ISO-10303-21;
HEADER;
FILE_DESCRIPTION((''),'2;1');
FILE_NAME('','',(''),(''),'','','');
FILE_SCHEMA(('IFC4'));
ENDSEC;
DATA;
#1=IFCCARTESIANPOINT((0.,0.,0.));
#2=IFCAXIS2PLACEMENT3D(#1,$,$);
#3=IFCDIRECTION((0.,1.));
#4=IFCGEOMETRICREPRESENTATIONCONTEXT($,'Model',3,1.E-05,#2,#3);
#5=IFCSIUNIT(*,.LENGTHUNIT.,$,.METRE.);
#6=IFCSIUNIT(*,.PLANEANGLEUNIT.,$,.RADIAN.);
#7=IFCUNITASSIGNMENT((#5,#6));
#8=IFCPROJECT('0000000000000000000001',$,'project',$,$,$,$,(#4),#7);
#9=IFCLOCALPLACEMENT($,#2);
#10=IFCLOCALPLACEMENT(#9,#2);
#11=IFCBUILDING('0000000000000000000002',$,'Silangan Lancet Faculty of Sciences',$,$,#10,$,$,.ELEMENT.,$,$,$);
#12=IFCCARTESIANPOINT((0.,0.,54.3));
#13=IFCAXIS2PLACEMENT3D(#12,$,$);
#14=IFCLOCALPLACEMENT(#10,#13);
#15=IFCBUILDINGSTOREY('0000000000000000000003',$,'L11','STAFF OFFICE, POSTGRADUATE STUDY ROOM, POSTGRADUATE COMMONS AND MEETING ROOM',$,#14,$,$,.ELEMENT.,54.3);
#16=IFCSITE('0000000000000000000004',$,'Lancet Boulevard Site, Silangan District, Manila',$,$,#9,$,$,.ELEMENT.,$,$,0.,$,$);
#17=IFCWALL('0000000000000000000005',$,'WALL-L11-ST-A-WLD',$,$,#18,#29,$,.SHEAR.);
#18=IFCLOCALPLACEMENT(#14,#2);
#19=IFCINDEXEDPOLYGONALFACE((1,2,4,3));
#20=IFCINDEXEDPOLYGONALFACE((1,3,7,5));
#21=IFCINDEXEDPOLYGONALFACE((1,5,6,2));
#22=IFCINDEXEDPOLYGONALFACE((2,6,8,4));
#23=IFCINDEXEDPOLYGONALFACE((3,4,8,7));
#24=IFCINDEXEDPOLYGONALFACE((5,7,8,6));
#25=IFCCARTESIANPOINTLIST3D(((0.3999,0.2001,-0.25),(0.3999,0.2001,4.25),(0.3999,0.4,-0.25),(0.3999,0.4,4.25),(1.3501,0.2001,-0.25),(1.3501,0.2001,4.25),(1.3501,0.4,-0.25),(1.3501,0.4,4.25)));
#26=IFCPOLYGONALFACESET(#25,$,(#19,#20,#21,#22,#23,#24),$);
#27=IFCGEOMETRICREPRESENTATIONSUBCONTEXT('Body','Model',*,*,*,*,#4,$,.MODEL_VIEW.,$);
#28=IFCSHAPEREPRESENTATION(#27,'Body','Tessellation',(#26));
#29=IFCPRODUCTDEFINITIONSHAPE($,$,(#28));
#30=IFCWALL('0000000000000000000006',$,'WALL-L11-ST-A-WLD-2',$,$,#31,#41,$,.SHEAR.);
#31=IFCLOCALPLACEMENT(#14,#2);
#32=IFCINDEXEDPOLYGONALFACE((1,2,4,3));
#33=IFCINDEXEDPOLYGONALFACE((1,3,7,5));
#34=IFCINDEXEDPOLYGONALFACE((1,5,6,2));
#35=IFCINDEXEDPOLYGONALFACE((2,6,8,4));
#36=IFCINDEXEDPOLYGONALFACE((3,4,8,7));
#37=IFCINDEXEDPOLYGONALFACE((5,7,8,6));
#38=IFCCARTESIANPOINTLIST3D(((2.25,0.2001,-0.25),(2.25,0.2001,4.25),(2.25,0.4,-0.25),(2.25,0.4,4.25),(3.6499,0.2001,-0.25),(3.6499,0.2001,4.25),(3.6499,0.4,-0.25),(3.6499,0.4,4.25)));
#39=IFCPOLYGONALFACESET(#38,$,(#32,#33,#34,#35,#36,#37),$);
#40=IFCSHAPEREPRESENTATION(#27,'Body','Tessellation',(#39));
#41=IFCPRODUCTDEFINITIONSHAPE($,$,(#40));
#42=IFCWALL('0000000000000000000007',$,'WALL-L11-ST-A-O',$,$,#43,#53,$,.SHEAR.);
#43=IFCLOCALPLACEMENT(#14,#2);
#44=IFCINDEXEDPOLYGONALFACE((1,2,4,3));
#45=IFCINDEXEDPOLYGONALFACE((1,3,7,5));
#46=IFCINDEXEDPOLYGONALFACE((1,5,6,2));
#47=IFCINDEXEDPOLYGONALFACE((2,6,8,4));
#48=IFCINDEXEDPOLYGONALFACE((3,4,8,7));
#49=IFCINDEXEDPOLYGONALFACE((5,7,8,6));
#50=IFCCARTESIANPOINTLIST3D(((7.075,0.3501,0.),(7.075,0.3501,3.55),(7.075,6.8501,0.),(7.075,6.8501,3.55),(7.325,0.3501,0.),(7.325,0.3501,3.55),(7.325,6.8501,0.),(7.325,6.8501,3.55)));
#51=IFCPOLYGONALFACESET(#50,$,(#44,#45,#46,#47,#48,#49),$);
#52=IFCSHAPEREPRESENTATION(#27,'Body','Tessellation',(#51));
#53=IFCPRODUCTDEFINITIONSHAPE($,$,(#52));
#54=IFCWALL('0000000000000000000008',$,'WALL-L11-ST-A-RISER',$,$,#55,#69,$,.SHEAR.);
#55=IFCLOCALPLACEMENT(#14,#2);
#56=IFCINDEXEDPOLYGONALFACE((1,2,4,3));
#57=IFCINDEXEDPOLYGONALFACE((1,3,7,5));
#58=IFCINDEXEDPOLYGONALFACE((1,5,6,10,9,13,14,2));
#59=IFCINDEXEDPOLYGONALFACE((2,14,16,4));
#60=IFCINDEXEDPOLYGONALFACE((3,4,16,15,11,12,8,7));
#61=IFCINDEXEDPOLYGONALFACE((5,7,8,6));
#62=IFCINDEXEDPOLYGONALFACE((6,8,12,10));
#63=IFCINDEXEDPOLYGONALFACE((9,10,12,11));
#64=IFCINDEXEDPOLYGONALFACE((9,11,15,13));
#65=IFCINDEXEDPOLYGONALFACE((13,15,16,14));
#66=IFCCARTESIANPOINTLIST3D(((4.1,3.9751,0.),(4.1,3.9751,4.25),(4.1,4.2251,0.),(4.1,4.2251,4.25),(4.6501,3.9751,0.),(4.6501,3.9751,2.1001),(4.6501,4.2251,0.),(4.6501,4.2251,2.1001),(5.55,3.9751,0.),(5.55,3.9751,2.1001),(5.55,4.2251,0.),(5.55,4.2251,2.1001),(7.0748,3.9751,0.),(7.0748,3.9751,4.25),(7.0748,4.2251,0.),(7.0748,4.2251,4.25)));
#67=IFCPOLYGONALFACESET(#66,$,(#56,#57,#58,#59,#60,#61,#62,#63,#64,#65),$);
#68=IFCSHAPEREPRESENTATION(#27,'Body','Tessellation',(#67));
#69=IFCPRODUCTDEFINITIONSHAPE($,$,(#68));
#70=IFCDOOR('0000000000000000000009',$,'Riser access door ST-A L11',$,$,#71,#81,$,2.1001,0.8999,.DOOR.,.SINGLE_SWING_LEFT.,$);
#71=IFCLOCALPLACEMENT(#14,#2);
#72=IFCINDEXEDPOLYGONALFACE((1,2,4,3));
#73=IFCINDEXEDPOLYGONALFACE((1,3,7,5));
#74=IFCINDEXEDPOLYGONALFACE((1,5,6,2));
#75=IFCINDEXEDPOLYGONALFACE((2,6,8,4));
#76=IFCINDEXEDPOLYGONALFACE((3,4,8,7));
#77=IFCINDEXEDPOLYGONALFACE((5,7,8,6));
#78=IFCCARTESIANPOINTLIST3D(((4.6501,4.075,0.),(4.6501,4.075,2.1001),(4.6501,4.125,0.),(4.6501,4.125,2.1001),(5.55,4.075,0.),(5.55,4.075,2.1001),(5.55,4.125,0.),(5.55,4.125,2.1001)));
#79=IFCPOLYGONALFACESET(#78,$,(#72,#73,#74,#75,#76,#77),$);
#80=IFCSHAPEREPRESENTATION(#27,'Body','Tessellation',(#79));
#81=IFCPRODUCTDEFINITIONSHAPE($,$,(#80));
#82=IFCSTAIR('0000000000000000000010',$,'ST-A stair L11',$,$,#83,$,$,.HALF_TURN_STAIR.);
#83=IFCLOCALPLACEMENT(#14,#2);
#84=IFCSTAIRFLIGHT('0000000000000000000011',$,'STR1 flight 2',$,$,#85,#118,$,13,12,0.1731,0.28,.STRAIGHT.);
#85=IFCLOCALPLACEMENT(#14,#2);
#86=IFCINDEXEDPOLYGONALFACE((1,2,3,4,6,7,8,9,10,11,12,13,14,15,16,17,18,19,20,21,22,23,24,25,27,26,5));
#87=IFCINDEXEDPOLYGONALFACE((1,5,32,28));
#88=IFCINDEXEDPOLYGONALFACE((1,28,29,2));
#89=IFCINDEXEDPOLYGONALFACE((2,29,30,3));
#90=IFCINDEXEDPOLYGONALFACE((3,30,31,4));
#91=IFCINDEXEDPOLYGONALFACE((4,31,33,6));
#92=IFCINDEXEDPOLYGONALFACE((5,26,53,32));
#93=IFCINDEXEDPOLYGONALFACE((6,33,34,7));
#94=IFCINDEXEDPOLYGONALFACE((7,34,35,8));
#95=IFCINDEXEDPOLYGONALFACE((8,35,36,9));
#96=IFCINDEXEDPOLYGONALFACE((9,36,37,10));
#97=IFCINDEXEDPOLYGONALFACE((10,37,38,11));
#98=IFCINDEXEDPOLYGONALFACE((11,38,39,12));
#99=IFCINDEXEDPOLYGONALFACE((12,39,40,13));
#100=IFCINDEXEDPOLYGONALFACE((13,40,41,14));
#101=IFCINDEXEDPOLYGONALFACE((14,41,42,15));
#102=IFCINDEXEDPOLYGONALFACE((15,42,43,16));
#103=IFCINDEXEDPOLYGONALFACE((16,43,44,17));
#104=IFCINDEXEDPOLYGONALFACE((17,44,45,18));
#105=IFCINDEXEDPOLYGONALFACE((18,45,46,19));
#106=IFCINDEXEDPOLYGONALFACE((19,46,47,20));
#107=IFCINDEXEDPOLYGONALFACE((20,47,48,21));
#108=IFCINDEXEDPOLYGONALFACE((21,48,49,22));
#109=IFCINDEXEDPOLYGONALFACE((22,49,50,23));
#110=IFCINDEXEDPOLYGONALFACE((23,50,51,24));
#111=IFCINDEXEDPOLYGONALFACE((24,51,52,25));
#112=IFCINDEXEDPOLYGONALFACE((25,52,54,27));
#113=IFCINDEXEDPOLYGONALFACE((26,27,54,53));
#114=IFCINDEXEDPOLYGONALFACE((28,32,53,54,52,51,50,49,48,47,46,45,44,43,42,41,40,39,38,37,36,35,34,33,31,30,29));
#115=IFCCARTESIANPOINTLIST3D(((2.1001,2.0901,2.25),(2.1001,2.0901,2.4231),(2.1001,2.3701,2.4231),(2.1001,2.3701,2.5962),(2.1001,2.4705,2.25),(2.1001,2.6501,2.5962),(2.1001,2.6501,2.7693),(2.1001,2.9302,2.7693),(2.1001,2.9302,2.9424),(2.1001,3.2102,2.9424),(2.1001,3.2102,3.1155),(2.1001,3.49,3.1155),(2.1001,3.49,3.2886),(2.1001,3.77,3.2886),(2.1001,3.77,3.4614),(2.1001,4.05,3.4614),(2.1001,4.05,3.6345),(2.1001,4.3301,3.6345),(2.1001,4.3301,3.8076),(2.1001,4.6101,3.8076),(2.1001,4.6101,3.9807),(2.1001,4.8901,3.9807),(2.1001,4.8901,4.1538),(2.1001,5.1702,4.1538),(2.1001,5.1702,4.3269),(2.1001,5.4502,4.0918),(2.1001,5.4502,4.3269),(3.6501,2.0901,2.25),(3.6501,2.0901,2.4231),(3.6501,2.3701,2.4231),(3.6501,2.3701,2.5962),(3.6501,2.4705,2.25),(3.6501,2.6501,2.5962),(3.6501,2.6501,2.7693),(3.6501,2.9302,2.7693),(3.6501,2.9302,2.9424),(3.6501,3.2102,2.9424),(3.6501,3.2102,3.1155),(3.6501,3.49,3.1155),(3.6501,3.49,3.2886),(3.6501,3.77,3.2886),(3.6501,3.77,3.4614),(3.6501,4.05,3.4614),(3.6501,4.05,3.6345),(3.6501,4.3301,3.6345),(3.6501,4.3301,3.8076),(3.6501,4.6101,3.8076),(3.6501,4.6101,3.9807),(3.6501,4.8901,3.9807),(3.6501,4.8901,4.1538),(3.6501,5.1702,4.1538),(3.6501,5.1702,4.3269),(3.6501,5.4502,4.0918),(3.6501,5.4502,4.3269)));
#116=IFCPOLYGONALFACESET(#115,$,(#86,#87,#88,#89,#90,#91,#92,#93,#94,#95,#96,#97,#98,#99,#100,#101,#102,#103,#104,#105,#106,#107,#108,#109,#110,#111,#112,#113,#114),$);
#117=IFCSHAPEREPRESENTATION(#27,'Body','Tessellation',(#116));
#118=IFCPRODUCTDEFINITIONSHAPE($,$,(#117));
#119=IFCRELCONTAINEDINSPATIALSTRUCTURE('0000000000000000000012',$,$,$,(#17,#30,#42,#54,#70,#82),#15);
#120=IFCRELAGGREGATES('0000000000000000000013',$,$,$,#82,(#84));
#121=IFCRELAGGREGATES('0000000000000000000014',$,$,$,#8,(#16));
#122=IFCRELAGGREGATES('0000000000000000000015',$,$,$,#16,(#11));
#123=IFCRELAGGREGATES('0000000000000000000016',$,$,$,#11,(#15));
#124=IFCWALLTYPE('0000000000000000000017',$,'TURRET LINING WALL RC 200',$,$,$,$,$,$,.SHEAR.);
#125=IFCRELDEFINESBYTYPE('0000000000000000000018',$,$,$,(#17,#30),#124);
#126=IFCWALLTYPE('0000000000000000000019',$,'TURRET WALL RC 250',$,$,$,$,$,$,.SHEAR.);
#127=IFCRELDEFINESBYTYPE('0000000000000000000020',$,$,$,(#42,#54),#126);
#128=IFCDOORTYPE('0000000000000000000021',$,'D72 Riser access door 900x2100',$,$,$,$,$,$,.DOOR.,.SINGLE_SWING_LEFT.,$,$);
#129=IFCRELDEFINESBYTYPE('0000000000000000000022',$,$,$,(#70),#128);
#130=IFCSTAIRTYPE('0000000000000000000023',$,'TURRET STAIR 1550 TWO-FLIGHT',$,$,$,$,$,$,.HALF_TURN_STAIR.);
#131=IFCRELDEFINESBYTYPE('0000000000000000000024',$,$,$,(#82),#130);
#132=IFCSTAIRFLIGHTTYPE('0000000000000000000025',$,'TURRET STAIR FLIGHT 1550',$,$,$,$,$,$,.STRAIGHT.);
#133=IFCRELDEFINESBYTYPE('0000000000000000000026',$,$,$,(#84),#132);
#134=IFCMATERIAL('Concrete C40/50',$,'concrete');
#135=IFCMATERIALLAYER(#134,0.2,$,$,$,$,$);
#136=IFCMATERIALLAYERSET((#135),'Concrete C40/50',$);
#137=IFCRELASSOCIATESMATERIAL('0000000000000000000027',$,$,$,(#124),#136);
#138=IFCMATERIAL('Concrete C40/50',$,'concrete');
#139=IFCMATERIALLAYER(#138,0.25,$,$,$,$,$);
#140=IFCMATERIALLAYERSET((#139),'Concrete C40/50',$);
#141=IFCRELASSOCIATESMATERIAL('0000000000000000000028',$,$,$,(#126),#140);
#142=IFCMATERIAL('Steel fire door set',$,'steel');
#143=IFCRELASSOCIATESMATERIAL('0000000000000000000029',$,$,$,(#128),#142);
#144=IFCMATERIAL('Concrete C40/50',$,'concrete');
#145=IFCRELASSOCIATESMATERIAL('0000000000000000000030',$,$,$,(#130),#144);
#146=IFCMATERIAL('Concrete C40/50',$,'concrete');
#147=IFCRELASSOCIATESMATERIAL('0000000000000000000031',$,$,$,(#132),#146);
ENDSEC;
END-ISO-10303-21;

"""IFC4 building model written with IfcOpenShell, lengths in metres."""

from ifc_helpers import new_model, si_unit, direction, frame, frame_2d, origin, place, context, subcontext, project, spatial, polyline, rectangle, outline, extrude, material, layer, layer_set, type_object, element, fill, aggregate, save


model = new_model("IFC4")

# Units and contexts
model_context = context("Model", 3, precision=1e-05, world=origin(), true_north=direction((0.0, 1.0)))
body_context = subcontext(model_context, "Body", "Model", "MODEL_VIEW")
ifc_project = project(units=[si_unit("LENGTHUNIT", "METRE"), si_unit("PLANEANGLEUNIT", "RADIAN")], contexts=[model_context])

# Site, building, storey
site_placement = place(None, origin())
site = spatial("IfcSite", under=ifc_project, at=site_placement, Name="Lancet Boulevard Site, Silangan District, Manila", CompositionType="ELEMENT", RefElevation=0.0)
building_placement = place(site_placement, origin())
building = spatial("IfcBuilding", under=site, at=building_placement, Name="Silangan Lancet Faculty of Sciences", CompositionType="ELEMENT")
storey_placement = place(building_placement, frame((0.0, 0.0, 54.3)))
storey = spatial("IfcBuildingStorey", under=building, at=storey_placement, Name="L11", Description="STAFF OFFICE, POSTGRADUATE STUDY ROOM, POSTGRADUATE COMMONS AND MEETING ROOM", CompositionType="ELEMENT", Elevation=54.3)

# Walls
ifc_material_1 = material(Name="Concrete C40/50", Category="concrete")
ifc_layer_1 = layer(ifc_material_1, 0.2)
ifc_layer_set_1 = layer_set([ifc_layer_1], Name="Concrete C40/50")
wall_type_1 = type_object("IfcWallType", Name="TURRET LINING WALL RC 200", PredefinedType="SHEAR", material=ifc_layer_set_1)
wall_1_placement = place(storey_placement, frame((0.3999, 0.3, -0.25), z_axis=(0.0, 0.0, 1.0), x_axis=(1.0, 0.0, 0.0)))
element("IfcWall", 1, at=wall_1_placement, inside=storey, type_object=wall_type_1, Name="WALL-L11-ST-A-WLD", PredefinedType="SHEAR", context=body_context, shape_type="SweptSolid", body=[
    extrude(rectangle(XDim=0.9502, YDim=0.2, at=frame_2d((0.4751, 0.0))), origin(), (0.0, 0.0, 1.0), 4.5),
])
wall_2_placement = place(storey_placement, frame((2.25, 0.3, -0.25), z_axis=(0.0, 0.0, 1.0), x_axis=(1.0, 0.0, 0.0)))
element("IfcWall", 2, at=wall_2_placement, inside=storey, type_object=wall_type_1, Name="WALL-L11-ST-A-WLD-2", PredefinedType="SHEAR", context=body_context, shape_type="SweptSolid", body=[
    extrude(rectangle(XDim=1.3999, YDim=0.2, at=frame_2d((0.7, 0.0))), origin(), (0.0, 0.0, 1.0), 4.5),
])
ifc_material_2 = material(Name="Concrete C40/50", Category="concrete")
ifc_layer_2 = layer(ifc_material_2, 0.25)
ifc_layer_set_2 = layer_set([ifc_layer_2], Name="Concrete C40/50")
wall_type_2 = type_object("IfcWallType", Name="TURRET WALL RC 250", PredefinedType="SHEAR", material=ifc_layer_set_2)
wall_3_placement = place(storey_placement, frame((7.2, 0.3501, 0.0), z_axis=(0.0, 0.0, 1.0), x_axis=(0.0, 1.0, 0.0)))
element("IfcWall", 3, at=wall_3_placement, inside=storey, type_object=wall_type_2, Name="WALL-L11-ST-A-O", PredefinedType="SHEAR", context=body_context, shape_type="SweptSolid", body=[
    extrude(rectangle(XDim=6.5, YDim=0.25, at=frame_2d((3.25, 0.0))), origin(), (0.0, 0.0, 1.0), 3.55),
])

# Wall, opening, door
wall_4_placement = place(storey_placement, frame((4.1001, 4.1001, 0.0), z_axis=(0.0, 0.0, 1.0), x_axis=(1.0, 0.0, 0.0)))
wall_4 = element("IfcWall", 4, at=wall_4_placement, inside=storey, type_object=wall_type_2, Name="WALL-L11-ST-A-RISER", PredefinedType="SHEAR", context=body_context, shape_type="SweptSolid", body=[
    extrude(rectangle(XDim=2.9749, YDim=0.25, at=frame_2d((1.4873, 0.0))), origin(), (0.0, 0.0, 1.0), 4.25),
])
opening_1_placement = place(wall_4_placement, frame((0.55, 0.0, 0.0)))
opening_1 = element("IfcOpeningElement", 5, at=opening_1_placement, cuts=wall_4, PredefinedType="OPENING", context=body_context, shape_type="SweptSolid", body=[
    extrude(rectangle(XDim=0.8999, YDim=2.1001, at=frame_2d((0.45, 1.05))), frame((0.0, 0.135, 0.0), z_axis=(0.0, -1.0, 0.0), x_axis=(1.0, 0.0, 0.0)), (0.0, 0.0, 1.0), 0.27),
])
ifc_material_3 = material(Name="Steel fire door set", Category="steel")
door_type_1 = type_object("IfcDoorType", Name="D72 Riser access door 900x2100", OperationType="SINGLE_SWING_LEFT", PredefinedType="DOOR", material=ifc_material_3)
door_1_placement = place(opening_1_placement, frame((0.8999, 0.0, 0.0), z_axis=(0.0, 0.0, 1.0), x_axis=(-1.0, 0.0, 0.0)))
door_1 = element("IfcDoor", 6, at=door_1_placement, inside=storey, type_object=door_type_1, Name="Riser access door ST-A L11", OperationType="SINGLE_SWING_LEFT", OverallHeight=2.1001, OverallWidth=0.8999, PredefinedType="DOOR", context=body_context, shape_type="SweptSolid", body=[
    extrude(rectangle(XDim=0.8999, YDim=2.1001, at=frame_2d((0.45, 1.05))), frame((0.0, 0.0251, 0.0), z_axis=(0.0, -1.0, 0.0), x_axis=(1.0, 0.0, 0.0)), (0.0, 0.0, 1.0), 0.05),
])
fill(opening_1, door_1)

# Stair, stair flight
ifc_material_4 = material(Name="Concrete C40/50", Category="concrete")
stair_type = type_object("IfcStairType", Name="TURRET STAIR 1550 TWO-FLIGHT", PredefinedType="HALF_TURN_STAIR", material=ifc_material_4)
stair_placement = place(storey_placement, origin())
stair = element("IfcStair", 7, at=stair_placement, inside=storey, type_object=stair_type, Name="ST-A stair L11", PredefinedType="HALF_TURN_STAIR")
ifc_material_5 = material(Name="Concrete C40/50", Category="concrete")
stair_flight_type = type_object("IfcStairFlightType", Name="TURRET STAIR FLIGHT 1550", PredefinedType="STRAIGHT", material=ifc_material_5)
stair_flight_placement = place(storey_placement, frame((2.875, 2.0901, 2.25), z_axis=(0.0, 0.0, 1.0), x_axis=(0.0, 1.0, 0.0)))
stair_flight = element("IfcStairFlight", 8, at=stair_flight_placement, type_object=stair_flight_type, Name="STR1 flight 2", NumberOfRisers=13, NumberOfTreads=12, PredefinedType="STRAIGHT", RiserHeight=0.1731, TreadLength=0.28, context=body_context, shape_type="SweptSolid", body=[
    extrude(outline(polyline([(0.0, 0.0), (0.0, 0.1731), (0.28, 0.1731), (0.28, 0.3462), (0.5601, 0.3462), (0.5601, 0.5193), (0.8401, 0.5193), (0.8401, 0.6924), (1.1201, 0.6924), (1.1201, 0.8655), (1.3999, 0.8655), (1.3999, 1.0386), (1.6799, 1.0386), (1.6799, 1.2114), (1.96, 1.2114), (1.96, 1.3845), (2.24, 1.3845), (2.24, 1.5576), (2.52, 1.5576), (2.52, 1.7307), (2.8, 1.7307), (2.8, 1.9038), (3.0801, 1.9038), (3.0801, 2.0769), (3.3601, 2.0769), (3.3601, 2.25), (3.3601, 1.8418), (0.3804, 0.0), (0.0, 0.0)])), frame((0.0, 0.7749, 0.0), z_axis=(0.0, -1.0, 0.0), x_axis=(1.0, 0.0, 0.0)), (0.0, 0.0, 1.0), 1.55),
])
aggregate(stair, [stair_flight])

save(model, "model.ifc")
